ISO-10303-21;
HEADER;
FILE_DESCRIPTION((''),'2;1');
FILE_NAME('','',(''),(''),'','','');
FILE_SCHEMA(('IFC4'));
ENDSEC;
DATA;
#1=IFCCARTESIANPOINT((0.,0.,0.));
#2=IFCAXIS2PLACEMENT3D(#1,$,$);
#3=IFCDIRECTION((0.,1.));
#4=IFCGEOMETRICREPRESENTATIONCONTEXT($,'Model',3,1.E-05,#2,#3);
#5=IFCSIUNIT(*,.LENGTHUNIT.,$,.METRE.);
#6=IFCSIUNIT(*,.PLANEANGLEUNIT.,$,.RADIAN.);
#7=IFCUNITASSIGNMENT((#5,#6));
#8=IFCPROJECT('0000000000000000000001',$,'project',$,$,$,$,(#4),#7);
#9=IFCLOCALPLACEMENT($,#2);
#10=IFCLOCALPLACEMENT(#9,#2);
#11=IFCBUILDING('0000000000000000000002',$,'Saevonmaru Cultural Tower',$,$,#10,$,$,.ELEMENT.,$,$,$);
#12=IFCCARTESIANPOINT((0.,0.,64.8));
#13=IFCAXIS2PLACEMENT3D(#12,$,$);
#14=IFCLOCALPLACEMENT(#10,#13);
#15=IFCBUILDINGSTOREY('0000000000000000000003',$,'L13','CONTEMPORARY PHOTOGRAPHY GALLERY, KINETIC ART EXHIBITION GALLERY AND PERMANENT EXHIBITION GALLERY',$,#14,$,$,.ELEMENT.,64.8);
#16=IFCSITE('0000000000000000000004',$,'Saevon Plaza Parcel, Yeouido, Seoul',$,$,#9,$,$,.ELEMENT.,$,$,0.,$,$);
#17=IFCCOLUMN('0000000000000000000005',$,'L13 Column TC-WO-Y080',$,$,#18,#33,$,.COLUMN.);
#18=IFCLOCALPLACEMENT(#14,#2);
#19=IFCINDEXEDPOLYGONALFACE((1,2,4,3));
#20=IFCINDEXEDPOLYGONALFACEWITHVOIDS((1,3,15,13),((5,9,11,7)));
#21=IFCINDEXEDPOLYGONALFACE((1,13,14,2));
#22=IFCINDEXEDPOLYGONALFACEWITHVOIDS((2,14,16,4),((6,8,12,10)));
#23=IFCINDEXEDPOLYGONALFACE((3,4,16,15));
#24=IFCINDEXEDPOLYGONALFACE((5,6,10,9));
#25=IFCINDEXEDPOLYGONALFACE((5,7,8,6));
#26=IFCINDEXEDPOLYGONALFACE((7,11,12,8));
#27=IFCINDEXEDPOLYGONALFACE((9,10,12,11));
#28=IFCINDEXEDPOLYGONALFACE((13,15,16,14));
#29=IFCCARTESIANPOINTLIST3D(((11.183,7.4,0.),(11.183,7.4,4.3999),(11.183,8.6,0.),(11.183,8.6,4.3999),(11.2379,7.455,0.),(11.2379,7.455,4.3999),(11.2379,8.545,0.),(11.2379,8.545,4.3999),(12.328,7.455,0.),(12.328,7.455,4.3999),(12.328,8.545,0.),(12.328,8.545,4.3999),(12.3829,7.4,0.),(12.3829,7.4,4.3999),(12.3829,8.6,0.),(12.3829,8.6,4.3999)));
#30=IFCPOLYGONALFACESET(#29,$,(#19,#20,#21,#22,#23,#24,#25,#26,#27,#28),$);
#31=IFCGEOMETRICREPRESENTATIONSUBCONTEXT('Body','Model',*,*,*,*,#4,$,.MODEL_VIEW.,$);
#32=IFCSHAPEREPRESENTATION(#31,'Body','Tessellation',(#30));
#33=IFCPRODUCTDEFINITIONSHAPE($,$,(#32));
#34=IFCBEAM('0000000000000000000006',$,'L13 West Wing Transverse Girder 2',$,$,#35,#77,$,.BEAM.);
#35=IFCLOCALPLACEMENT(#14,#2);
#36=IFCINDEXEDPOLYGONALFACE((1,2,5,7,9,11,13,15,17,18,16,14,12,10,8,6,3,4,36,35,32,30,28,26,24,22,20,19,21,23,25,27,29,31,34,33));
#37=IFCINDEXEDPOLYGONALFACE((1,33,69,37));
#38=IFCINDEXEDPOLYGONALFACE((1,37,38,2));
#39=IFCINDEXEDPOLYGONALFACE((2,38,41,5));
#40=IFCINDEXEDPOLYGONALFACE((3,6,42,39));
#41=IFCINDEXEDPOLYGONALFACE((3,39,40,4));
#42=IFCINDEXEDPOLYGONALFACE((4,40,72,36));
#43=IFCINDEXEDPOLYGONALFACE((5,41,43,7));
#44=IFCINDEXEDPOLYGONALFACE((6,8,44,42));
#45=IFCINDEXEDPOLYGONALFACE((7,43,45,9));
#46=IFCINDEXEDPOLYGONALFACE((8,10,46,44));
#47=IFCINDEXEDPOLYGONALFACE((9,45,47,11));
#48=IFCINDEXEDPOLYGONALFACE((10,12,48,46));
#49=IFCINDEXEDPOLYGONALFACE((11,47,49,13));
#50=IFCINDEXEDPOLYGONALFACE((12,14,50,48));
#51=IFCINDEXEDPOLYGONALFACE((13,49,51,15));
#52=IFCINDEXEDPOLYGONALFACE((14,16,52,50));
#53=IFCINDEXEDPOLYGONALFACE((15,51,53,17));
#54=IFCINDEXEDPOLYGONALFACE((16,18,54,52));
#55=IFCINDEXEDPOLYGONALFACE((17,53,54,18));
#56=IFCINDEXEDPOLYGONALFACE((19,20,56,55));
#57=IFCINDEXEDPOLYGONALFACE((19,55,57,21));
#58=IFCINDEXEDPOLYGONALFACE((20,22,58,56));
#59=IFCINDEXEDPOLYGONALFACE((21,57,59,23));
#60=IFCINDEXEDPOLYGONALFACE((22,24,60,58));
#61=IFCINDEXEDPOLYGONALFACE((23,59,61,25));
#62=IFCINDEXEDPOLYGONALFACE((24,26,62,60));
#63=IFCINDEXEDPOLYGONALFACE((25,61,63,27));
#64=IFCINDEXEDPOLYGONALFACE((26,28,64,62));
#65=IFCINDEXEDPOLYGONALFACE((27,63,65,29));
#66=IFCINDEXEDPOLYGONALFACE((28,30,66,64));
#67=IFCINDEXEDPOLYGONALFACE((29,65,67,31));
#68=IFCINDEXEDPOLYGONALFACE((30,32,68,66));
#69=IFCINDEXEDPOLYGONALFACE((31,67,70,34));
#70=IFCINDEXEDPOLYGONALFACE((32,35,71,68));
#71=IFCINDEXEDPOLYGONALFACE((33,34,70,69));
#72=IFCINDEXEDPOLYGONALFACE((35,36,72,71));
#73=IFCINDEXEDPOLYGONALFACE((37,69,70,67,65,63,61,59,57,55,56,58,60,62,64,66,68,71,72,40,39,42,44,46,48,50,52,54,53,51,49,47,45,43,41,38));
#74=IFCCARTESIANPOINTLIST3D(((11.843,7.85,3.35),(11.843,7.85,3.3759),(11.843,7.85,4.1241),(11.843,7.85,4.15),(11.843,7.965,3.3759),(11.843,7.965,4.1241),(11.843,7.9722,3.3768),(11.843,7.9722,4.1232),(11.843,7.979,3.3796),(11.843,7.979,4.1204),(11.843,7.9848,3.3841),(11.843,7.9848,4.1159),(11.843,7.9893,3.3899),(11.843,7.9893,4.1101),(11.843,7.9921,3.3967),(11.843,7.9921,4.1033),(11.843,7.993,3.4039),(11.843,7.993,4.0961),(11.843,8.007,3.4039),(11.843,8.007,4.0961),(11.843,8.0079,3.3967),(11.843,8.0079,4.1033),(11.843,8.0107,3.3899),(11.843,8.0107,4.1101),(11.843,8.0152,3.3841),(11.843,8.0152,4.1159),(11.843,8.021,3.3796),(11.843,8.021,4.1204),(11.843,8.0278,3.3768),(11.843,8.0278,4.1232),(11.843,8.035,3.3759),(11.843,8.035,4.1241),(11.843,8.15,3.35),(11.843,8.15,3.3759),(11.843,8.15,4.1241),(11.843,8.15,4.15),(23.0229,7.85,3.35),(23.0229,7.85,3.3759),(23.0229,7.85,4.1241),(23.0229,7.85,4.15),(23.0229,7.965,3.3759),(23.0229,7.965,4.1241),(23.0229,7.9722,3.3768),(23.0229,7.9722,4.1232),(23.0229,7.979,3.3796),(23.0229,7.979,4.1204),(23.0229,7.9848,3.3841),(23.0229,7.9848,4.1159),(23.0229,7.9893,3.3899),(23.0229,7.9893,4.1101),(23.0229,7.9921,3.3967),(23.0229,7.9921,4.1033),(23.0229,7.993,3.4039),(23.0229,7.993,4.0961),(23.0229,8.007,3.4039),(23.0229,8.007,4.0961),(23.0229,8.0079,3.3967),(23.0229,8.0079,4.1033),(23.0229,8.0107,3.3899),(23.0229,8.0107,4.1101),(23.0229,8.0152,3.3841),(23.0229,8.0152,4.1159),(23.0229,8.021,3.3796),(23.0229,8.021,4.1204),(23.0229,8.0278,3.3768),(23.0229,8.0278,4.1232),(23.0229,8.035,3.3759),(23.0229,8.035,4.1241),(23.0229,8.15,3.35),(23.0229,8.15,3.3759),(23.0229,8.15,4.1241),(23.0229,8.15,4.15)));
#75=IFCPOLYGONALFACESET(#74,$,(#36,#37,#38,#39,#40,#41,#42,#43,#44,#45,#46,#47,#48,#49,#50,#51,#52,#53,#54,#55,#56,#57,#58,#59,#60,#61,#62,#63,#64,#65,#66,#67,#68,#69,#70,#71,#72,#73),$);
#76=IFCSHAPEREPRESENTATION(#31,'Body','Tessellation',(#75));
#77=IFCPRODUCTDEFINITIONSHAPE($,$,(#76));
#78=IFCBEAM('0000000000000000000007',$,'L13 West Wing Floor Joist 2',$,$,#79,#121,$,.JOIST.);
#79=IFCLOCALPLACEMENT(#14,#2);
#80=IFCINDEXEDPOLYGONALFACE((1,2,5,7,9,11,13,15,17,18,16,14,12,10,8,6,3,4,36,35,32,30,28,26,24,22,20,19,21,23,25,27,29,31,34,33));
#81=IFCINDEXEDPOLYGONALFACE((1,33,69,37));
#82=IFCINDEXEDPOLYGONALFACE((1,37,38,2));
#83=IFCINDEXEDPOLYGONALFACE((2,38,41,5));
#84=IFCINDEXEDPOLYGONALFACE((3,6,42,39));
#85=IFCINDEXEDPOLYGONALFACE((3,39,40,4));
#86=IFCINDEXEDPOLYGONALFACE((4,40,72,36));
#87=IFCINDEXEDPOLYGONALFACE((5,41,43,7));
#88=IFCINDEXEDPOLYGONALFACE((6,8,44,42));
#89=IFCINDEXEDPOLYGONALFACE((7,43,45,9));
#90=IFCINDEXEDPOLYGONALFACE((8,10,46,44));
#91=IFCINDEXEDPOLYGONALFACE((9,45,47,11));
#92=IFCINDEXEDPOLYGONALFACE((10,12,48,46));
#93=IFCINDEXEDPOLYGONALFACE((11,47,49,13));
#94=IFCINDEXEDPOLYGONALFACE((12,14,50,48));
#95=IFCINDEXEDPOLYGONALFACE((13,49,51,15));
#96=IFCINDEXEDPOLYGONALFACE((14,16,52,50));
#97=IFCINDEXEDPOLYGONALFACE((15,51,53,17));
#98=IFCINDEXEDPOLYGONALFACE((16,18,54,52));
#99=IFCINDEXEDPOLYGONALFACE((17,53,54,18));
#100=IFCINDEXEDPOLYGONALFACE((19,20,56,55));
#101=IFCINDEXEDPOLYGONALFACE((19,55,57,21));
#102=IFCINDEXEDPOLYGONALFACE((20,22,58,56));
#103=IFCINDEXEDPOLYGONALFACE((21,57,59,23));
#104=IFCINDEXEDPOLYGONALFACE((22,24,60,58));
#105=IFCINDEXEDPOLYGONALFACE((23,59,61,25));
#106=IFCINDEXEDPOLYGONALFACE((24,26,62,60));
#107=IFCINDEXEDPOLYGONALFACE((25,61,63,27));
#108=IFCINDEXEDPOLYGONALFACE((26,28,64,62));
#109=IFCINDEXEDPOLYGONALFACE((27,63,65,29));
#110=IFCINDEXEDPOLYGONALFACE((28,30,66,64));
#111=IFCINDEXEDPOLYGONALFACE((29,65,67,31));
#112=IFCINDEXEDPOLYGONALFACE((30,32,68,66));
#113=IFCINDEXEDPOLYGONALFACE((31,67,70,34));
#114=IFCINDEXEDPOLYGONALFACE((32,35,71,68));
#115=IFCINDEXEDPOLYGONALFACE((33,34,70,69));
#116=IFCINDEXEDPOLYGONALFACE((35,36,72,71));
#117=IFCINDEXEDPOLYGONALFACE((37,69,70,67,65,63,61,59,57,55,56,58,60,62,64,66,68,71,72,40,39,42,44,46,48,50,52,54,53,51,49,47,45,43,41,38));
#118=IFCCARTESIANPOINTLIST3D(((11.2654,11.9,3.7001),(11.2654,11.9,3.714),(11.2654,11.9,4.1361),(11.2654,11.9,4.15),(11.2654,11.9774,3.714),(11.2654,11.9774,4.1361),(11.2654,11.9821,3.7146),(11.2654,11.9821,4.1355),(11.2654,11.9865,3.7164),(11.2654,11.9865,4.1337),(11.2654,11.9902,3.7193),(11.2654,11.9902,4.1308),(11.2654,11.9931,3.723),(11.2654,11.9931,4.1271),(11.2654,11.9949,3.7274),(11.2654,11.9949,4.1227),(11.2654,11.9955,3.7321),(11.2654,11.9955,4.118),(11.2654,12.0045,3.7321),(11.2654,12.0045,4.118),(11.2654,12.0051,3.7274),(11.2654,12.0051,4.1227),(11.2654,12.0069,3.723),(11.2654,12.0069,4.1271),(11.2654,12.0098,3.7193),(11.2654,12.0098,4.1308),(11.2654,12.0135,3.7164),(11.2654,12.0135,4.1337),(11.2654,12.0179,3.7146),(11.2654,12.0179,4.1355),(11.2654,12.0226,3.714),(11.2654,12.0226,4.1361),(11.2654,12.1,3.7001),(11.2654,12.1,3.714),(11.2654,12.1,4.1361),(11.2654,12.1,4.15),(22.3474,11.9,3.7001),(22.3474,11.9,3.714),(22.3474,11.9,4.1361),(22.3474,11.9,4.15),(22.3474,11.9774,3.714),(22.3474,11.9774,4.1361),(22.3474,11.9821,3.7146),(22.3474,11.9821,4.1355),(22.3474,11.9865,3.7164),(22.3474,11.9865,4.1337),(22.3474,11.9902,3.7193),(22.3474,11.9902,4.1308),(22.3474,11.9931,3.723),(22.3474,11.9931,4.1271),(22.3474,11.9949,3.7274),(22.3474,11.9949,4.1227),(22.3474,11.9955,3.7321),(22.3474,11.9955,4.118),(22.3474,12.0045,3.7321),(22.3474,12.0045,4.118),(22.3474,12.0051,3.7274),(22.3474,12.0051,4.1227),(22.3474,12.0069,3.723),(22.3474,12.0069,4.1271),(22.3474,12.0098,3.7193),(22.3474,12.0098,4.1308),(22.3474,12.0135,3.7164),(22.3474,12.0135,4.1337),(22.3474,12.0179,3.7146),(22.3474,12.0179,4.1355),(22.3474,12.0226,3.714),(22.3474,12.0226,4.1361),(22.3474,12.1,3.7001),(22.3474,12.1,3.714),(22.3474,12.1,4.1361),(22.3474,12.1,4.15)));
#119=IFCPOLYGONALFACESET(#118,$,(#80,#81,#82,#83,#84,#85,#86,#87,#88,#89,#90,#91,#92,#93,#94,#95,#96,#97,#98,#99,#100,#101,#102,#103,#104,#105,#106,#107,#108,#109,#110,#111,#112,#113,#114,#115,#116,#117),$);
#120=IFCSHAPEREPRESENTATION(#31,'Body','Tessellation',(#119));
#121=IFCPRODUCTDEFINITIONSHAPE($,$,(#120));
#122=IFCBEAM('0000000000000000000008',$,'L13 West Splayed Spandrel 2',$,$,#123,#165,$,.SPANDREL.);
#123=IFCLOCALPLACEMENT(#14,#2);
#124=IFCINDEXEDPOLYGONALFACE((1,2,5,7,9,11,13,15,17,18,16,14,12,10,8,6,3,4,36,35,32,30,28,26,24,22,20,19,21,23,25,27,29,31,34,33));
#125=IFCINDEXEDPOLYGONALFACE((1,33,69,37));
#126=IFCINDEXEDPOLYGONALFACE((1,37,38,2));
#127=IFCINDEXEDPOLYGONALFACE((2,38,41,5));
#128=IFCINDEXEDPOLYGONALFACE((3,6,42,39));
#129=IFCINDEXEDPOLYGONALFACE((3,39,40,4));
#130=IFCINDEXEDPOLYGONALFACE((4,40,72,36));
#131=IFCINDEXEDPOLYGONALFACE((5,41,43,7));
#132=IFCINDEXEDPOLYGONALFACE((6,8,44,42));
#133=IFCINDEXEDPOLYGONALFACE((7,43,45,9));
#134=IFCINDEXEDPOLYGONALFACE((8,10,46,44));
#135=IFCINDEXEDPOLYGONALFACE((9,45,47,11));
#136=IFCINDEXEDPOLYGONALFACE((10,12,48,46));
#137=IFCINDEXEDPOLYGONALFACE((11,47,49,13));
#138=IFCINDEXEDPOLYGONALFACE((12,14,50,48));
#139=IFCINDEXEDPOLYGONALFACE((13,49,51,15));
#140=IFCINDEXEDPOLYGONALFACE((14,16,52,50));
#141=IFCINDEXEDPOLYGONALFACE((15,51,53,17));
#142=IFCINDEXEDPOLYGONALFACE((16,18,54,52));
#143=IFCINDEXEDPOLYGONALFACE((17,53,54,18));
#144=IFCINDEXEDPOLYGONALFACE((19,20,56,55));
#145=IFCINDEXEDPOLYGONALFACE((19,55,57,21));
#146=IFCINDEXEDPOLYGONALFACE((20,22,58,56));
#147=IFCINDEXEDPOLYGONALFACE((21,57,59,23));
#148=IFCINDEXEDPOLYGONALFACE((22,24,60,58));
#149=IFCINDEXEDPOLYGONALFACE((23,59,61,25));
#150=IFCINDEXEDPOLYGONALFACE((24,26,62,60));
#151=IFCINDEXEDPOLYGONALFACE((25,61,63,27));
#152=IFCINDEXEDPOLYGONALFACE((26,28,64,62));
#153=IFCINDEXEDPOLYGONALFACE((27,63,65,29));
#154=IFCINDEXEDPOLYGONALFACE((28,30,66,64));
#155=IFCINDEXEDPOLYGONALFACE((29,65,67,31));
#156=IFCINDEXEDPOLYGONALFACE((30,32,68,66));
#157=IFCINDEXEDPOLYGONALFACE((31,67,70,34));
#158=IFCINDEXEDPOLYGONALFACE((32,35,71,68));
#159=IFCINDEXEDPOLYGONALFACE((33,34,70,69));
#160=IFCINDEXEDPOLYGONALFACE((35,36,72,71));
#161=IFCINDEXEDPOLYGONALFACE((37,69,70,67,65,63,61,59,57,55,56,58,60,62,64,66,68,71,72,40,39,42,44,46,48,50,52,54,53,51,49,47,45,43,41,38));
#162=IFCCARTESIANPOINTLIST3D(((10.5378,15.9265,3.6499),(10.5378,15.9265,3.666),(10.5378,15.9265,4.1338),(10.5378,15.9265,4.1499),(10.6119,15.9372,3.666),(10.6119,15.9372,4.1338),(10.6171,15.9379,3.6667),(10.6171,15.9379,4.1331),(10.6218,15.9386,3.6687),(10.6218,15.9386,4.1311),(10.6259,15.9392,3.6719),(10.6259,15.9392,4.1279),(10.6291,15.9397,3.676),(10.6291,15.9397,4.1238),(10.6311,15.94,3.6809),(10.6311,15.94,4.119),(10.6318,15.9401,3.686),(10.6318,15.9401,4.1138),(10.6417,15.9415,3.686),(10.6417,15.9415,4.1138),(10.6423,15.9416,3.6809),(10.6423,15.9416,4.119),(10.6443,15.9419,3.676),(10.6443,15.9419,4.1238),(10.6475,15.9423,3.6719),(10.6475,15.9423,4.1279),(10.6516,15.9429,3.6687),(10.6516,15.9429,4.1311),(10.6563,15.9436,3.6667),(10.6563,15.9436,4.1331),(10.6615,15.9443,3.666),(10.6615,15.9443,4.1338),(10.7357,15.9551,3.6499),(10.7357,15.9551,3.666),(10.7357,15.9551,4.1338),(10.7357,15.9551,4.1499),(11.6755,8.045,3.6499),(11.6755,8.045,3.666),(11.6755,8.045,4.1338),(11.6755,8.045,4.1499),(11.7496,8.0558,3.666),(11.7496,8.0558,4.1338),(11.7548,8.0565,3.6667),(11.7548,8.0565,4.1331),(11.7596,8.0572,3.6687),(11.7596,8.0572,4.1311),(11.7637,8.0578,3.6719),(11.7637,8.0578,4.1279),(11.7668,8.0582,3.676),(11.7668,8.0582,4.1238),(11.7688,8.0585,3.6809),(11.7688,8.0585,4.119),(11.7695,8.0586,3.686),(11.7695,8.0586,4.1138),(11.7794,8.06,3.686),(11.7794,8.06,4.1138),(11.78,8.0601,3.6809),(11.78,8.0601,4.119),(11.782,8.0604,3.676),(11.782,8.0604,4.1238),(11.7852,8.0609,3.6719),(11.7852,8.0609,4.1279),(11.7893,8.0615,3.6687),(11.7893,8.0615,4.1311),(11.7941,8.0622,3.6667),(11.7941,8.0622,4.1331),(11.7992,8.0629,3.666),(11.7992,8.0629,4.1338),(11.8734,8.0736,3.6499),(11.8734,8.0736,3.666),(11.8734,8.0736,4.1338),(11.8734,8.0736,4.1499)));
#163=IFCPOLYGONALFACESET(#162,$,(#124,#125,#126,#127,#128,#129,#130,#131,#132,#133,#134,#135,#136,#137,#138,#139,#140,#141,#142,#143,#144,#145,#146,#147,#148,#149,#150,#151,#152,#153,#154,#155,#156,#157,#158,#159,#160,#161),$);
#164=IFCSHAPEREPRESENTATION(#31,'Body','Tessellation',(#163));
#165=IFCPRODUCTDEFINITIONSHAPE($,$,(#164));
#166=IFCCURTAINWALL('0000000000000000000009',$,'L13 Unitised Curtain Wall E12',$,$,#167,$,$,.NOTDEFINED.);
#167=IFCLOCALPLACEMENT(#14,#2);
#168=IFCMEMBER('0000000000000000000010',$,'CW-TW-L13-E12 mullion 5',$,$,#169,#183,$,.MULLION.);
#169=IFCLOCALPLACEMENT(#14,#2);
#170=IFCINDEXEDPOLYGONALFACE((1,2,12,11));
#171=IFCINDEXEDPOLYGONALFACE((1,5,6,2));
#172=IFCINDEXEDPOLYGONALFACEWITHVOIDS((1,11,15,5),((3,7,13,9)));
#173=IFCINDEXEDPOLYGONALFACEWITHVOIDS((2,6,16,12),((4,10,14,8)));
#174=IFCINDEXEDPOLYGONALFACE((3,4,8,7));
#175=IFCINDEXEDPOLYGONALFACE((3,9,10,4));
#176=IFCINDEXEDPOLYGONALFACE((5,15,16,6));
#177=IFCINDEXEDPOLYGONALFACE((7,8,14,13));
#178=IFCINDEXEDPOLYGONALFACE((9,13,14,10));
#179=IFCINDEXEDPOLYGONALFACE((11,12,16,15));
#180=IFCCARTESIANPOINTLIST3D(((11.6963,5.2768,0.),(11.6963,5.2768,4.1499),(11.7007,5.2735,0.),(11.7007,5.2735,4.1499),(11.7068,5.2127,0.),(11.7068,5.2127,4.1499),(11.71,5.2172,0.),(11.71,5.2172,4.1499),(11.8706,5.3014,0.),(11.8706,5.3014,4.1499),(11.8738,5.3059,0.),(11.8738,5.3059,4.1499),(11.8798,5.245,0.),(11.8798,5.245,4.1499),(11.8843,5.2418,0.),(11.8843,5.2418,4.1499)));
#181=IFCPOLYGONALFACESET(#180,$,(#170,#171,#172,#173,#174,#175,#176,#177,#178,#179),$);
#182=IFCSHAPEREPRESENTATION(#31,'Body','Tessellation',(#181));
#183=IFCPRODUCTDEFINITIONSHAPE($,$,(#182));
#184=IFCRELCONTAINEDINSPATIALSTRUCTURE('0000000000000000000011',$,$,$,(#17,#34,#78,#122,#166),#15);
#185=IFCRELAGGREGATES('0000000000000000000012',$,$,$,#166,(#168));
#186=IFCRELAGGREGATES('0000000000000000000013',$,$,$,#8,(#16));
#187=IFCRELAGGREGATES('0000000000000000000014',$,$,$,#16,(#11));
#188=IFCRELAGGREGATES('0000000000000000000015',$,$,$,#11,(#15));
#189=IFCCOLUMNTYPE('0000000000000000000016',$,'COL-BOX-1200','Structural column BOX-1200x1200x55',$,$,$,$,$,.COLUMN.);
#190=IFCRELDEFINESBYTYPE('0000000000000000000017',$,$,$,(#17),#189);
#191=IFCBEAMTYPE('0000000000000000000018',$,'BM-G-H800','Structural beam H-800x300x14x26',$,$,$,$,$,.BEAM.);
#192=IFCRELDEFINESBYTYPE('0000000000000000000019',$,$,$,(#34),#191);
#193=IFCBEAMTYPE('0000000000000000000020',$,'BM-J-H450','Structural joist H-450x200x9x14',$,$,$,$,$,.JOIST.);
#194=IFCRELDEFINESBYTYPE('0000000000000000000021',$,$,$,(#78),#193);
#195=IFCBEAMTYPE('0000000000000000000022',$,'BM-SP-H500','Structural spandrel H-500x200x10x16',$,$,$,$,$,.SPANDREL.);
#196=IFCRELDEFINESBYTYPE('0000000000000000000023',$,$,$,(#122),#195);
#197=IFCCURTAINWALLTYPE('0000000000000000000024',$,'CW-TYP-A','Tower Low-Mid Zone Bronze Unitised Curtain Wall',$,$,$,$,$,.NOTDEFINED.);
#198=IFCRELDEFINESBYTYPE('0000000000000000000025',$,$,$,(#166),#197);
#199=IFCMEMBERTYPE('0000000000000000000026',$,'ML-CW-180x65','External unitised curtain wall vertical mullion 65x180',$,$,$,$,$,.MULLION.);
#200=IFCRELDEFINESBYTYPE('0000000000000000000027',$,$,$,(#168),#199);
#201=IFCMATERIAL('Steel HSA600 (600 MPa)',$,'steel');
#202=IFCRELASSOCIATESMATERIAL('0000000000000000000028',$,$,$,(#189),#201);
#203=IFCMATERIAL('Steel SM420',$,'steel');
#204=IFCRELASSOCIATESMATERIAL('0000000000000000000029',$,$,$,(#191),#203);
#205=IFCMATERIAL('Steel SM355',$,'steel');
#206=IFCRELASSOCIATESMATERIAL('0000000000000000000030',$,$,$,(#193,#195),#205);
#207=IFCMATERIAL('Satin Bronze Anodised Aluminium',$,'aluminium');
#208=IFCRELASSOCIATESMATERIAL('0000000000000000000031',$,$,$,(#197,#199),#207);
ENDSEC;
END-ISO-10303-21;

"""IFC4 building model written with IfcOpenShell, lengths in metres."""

from ifc_helpers import new_model, si_unit, direction, frame, origin, origin_2d, place, context, subcontext, project, spatial, hollow_rectangle, i_section, extrude, material, material_profile, profile_set, type_object, element, aggregate, save


model = new_model("IFC4")

# Units and contexts
model_context = context("Model", 3, precision=1e-05, world=origin(), true_north=direction((0.0, 1.0)))
body_context = subcontext(model_context, "Body", "Model", "MODEL_VIEW")
ifc_project = project(units=[si_unit("LENGTHUNIT", "METRE"), si_unit("PLANEANGLEUNIT", "RADIAN")], contexts=[model_context])

# Site, building, storey
site_placement = place(None, origin())
site = spatial("IfcSite", under=ifc_project, at=site_placement, Name="Saevon Plaza Parcel, Yeouido, Seoul", CompositionType="ELEMENT", RefElevation=0.0)
building_placement = place(site_placement, origin())
building = spatial("IfcBuilding", under=site, at=building_placement, Name="Saevonmaru Cultural Tower", CompositionType="ELEMENT")
storey_placement = place(building_placement, frame((0.0, 0.0, 64.8)))
storey = spatial("IfcBuildingStorey", under=building, at=storey_placement, Name="L13", Description="CONTEMPORARY PHOTOGRAPHY GALLERY, KINETIC ART EXHIBITION GALLERY AND PERMANENT EXHIBITION GALLERY", CompositionType="ELEMENT", Elevation=64.8)

# Column
ifc_material_1 = material(Name="Steel HSA600 (600 MPa)", Category="steel")
ifc_material_profile_1 = material_profile(ifc_material_1, hollow_rectangle(XDim=1.2, YDim=1.2, WallThickness=0.0549, at=origin_2d()), Name="BOX-1200x1200x55")
ifc_profile_set_1 = profile_set([ifc_material_profile_1], Name="Steel HSA600 (600 MPa)")
column_type = type_object("IfcColumnType", Name="COL-BOX-1200", Description="Structural column BOX-1200x1200x55", PredefinedType="COLUMN", material=ifc_profile_set_1)
column_placement = place(storey_placement, frame((11.783, 8.0, 0.0), z_axis=(0.0, 0.0, 1.0), x_axis=(1.0, 0.0, 0.0)))
element("IfcColumn", 1, at=column_placement, inside=storey, type_object=column_type, Name="L13 Column TC-WO-Y080", PredefinedType="COLUMN", context=body_context, shape_type="SweptSolid", body=[
    extrude(hollow_rectangle(XDim=1.2, YDim=1.2, WallThickness=0.0549, at=origin_2d()), origin(), (0.0, 0.0, 1.0), 4.3999),
])

# Beams
ifc_material_2 = material(Name="Steel SM420", Category="steel")
ifc_material_profile_2 = material_profile(ifc_material_2, i_section(OverallWidth=0.3, OverallDepth=0.8, WebThickness=0.0139, FlangeThickness=0.0259, FilletRadius=0.0281, at=origin_2d()), Name="H-800x300x14x26")
ifc_profile_set_2 = profile_set([ifc_material_profile_2], Name="Steel SM420")
beam_type_1 = type_object("IfcBeamType", Name="BM-G-H800", Description="Structural beam H-800x300x14x26", PredefinedType="BEAM", material=ifc_profile_set_2)
beam_1_placement = place(storey_placement, frame((11.843, 8.0, 3.75), z_axis=(1.0, 0.0, 0.0), x_axis=(0.0, 1.0, 0.0)))
element("IfcBeam", 2, at=beam_1_placement, inside=storey, type_object=beam_type_1, Name="L13 West Wing Transverse Girder 2", PredefinedType="BEAM", context=body_context, shape_type="SweptSolid", body=[
    extrude(i_section(OverallWidth=0.3, OverallDepth=0.8, WebThickness=0.0139, FlangeThickness=0.0259, FilletRadius=0.0281, at=origin_2d()), origin(), (0.0, 0.0, 1.0), 11.1799),
])
ifc_material_3 = material(Name="Steel SM355", Category="steel")
ifc_material_profile_3 = material_profile(ifc_material_3, i_section(OverallWidth=0.2, OverallDepth=0.45, WebThickness=0.009, FlangeThickness=0.0139, FilletRadius=0.0181, at=origin_2d()), Name="H-450x200x9x14")
ifc_profile_set_3 = profile_set([ifc_material_profile_3], Name="Steel SM355")
beam_type_2 = type_object("IfcBeamType", Name="BM-J-H450", Description="Structural joist H-450x200x9x14", PredefinedType="JOIST", material=ifc_profile_set_3)
beam_2_placement = place(storey_placement, frame((11.2654, 12.0, 3.925), z_axis=(1.0, 0.0, 0.0), x_axis=(0.0, 1.0, 0.0)))
element("IfcBeam", 3, at=beam_2_placement, inside=storey, type_object=beam_type_2, Name="L13 West Wing Floor Joist 2", PredefinedType="JOIST", context=body_context, shape_type="SweptSolid", body=[
    extrude(i_section(OverallWidth=0.2, OverallDepth=0.45, WebThickness=0.009, FlangeThickness=0.0139, FilletRadius=0.0181, at=origin_2d()), origin(), (0.0, 0.0, 1.0), 11.082),
])
ifc_material_profile_4 = material_profile(ifc_material_3, i_section(OverallWidth=0.2, OverallDepth=0.5, WebThickness=0.01, FlangeThickness=0.0161, FilletRadius=0.02, at=origin_2d()), Name="H-500x200x10x16")
ifc_profile_set_4 = profile_set([ifc_material_profile_4], Name="Steel SM355")
beam_type_3 = type_object("IfcBeamType", Name="BM-SP-H500", Description="Structural spandrel H-500x200x10x16", PredefinedType="SPANDREL", material=ifc_profile_set_4)
beam_3_placement = place(storey_placement, frame((11.7744, 8.0593, 3.8999), z_axis=(-0.142872, 0.989741, 0.0), x_axis=(-0.989741, -0.142872, 0.0)))
element("IfcBeam", 4, at=beam_3_placement, inside=storey, type_object=beam_type_3, Name="L13 West Splayed Spandrel 2", PredefinedType="SPANDREL", context=body_context, shape_type="SweptSolid", body=[
    extrude(i_section(OverallWidth=0.2, OverallDepth=0.5, WebThickness=0.01, FlangeThickness=0.0161, FilletRadius=0.02, at=origin_2d()), origin(), (0.0, 0.0, 1.0), 7.9631),
])

# Curtain wall, member
ifc_material_4 = material(Name="Satin Bronze Anodised Aluminium", Category="aluminium")
curtain_wall_type = type_object("IfcCurtainWallType", Name="CW-TYP-A", Description="Tower Low-Mid Zone Bronze Unitised Curtain Wall", PredefinedType="NOTDEFINED", material=ifc_material_4)
curtain_wall_placement = place(storey_placement, origin())
curtain_wall = element("IfcCurtainWall", 5, at=curtain_wall_placement, inside=storey, type_object=curtain_wall_type, Name="L13 Unitised Curtain Wall E12", PredefinedType="NOTDEFINED")
ifc_material_profile_5 = material_profile(ifc_material_4, hollow_rectangle(XDim=0.0649, YDim=0.1799, WallThickness=0.0039, at=origin_2d()), Name="ALU-MULL-180x65x4")
ifc_profile_set_5 = profile_set([ifc_material_profile_5], Name="Satin Bronze Anodised Aluminium")
member_type = type_object("IfcMemberType", Name="ML-CW-180x65", Description="External unitised curtain wall vertical mullion 65x180", PredefinedType="MULLION", material=ifc_profile_set_5)
member_placement = place(storey_placement, frame((11.7903, 5.2593, 0.0), z_axis=(0.0, 0.0, 1.0), x_axis=(0.161709, -0.986839, 0.0)))
member = element("IfcMember", 6, at=member_placement, type_object=member_type, Name="CW-TW-L13-E12 mullion 5", PredefinedType="MULLION", context=body_context, shape_type="SweptSolid", body=[
    extrude(hollow_rectangle(XDim=0.0649, YDim=0.1799, WallThickness=0.0039, at=origin_2d()), origin(), (0.0, 0.0, 1.0), 4.1499),
])
aggregate(curtain_wall, [member])

save(model, "model.ifc")
